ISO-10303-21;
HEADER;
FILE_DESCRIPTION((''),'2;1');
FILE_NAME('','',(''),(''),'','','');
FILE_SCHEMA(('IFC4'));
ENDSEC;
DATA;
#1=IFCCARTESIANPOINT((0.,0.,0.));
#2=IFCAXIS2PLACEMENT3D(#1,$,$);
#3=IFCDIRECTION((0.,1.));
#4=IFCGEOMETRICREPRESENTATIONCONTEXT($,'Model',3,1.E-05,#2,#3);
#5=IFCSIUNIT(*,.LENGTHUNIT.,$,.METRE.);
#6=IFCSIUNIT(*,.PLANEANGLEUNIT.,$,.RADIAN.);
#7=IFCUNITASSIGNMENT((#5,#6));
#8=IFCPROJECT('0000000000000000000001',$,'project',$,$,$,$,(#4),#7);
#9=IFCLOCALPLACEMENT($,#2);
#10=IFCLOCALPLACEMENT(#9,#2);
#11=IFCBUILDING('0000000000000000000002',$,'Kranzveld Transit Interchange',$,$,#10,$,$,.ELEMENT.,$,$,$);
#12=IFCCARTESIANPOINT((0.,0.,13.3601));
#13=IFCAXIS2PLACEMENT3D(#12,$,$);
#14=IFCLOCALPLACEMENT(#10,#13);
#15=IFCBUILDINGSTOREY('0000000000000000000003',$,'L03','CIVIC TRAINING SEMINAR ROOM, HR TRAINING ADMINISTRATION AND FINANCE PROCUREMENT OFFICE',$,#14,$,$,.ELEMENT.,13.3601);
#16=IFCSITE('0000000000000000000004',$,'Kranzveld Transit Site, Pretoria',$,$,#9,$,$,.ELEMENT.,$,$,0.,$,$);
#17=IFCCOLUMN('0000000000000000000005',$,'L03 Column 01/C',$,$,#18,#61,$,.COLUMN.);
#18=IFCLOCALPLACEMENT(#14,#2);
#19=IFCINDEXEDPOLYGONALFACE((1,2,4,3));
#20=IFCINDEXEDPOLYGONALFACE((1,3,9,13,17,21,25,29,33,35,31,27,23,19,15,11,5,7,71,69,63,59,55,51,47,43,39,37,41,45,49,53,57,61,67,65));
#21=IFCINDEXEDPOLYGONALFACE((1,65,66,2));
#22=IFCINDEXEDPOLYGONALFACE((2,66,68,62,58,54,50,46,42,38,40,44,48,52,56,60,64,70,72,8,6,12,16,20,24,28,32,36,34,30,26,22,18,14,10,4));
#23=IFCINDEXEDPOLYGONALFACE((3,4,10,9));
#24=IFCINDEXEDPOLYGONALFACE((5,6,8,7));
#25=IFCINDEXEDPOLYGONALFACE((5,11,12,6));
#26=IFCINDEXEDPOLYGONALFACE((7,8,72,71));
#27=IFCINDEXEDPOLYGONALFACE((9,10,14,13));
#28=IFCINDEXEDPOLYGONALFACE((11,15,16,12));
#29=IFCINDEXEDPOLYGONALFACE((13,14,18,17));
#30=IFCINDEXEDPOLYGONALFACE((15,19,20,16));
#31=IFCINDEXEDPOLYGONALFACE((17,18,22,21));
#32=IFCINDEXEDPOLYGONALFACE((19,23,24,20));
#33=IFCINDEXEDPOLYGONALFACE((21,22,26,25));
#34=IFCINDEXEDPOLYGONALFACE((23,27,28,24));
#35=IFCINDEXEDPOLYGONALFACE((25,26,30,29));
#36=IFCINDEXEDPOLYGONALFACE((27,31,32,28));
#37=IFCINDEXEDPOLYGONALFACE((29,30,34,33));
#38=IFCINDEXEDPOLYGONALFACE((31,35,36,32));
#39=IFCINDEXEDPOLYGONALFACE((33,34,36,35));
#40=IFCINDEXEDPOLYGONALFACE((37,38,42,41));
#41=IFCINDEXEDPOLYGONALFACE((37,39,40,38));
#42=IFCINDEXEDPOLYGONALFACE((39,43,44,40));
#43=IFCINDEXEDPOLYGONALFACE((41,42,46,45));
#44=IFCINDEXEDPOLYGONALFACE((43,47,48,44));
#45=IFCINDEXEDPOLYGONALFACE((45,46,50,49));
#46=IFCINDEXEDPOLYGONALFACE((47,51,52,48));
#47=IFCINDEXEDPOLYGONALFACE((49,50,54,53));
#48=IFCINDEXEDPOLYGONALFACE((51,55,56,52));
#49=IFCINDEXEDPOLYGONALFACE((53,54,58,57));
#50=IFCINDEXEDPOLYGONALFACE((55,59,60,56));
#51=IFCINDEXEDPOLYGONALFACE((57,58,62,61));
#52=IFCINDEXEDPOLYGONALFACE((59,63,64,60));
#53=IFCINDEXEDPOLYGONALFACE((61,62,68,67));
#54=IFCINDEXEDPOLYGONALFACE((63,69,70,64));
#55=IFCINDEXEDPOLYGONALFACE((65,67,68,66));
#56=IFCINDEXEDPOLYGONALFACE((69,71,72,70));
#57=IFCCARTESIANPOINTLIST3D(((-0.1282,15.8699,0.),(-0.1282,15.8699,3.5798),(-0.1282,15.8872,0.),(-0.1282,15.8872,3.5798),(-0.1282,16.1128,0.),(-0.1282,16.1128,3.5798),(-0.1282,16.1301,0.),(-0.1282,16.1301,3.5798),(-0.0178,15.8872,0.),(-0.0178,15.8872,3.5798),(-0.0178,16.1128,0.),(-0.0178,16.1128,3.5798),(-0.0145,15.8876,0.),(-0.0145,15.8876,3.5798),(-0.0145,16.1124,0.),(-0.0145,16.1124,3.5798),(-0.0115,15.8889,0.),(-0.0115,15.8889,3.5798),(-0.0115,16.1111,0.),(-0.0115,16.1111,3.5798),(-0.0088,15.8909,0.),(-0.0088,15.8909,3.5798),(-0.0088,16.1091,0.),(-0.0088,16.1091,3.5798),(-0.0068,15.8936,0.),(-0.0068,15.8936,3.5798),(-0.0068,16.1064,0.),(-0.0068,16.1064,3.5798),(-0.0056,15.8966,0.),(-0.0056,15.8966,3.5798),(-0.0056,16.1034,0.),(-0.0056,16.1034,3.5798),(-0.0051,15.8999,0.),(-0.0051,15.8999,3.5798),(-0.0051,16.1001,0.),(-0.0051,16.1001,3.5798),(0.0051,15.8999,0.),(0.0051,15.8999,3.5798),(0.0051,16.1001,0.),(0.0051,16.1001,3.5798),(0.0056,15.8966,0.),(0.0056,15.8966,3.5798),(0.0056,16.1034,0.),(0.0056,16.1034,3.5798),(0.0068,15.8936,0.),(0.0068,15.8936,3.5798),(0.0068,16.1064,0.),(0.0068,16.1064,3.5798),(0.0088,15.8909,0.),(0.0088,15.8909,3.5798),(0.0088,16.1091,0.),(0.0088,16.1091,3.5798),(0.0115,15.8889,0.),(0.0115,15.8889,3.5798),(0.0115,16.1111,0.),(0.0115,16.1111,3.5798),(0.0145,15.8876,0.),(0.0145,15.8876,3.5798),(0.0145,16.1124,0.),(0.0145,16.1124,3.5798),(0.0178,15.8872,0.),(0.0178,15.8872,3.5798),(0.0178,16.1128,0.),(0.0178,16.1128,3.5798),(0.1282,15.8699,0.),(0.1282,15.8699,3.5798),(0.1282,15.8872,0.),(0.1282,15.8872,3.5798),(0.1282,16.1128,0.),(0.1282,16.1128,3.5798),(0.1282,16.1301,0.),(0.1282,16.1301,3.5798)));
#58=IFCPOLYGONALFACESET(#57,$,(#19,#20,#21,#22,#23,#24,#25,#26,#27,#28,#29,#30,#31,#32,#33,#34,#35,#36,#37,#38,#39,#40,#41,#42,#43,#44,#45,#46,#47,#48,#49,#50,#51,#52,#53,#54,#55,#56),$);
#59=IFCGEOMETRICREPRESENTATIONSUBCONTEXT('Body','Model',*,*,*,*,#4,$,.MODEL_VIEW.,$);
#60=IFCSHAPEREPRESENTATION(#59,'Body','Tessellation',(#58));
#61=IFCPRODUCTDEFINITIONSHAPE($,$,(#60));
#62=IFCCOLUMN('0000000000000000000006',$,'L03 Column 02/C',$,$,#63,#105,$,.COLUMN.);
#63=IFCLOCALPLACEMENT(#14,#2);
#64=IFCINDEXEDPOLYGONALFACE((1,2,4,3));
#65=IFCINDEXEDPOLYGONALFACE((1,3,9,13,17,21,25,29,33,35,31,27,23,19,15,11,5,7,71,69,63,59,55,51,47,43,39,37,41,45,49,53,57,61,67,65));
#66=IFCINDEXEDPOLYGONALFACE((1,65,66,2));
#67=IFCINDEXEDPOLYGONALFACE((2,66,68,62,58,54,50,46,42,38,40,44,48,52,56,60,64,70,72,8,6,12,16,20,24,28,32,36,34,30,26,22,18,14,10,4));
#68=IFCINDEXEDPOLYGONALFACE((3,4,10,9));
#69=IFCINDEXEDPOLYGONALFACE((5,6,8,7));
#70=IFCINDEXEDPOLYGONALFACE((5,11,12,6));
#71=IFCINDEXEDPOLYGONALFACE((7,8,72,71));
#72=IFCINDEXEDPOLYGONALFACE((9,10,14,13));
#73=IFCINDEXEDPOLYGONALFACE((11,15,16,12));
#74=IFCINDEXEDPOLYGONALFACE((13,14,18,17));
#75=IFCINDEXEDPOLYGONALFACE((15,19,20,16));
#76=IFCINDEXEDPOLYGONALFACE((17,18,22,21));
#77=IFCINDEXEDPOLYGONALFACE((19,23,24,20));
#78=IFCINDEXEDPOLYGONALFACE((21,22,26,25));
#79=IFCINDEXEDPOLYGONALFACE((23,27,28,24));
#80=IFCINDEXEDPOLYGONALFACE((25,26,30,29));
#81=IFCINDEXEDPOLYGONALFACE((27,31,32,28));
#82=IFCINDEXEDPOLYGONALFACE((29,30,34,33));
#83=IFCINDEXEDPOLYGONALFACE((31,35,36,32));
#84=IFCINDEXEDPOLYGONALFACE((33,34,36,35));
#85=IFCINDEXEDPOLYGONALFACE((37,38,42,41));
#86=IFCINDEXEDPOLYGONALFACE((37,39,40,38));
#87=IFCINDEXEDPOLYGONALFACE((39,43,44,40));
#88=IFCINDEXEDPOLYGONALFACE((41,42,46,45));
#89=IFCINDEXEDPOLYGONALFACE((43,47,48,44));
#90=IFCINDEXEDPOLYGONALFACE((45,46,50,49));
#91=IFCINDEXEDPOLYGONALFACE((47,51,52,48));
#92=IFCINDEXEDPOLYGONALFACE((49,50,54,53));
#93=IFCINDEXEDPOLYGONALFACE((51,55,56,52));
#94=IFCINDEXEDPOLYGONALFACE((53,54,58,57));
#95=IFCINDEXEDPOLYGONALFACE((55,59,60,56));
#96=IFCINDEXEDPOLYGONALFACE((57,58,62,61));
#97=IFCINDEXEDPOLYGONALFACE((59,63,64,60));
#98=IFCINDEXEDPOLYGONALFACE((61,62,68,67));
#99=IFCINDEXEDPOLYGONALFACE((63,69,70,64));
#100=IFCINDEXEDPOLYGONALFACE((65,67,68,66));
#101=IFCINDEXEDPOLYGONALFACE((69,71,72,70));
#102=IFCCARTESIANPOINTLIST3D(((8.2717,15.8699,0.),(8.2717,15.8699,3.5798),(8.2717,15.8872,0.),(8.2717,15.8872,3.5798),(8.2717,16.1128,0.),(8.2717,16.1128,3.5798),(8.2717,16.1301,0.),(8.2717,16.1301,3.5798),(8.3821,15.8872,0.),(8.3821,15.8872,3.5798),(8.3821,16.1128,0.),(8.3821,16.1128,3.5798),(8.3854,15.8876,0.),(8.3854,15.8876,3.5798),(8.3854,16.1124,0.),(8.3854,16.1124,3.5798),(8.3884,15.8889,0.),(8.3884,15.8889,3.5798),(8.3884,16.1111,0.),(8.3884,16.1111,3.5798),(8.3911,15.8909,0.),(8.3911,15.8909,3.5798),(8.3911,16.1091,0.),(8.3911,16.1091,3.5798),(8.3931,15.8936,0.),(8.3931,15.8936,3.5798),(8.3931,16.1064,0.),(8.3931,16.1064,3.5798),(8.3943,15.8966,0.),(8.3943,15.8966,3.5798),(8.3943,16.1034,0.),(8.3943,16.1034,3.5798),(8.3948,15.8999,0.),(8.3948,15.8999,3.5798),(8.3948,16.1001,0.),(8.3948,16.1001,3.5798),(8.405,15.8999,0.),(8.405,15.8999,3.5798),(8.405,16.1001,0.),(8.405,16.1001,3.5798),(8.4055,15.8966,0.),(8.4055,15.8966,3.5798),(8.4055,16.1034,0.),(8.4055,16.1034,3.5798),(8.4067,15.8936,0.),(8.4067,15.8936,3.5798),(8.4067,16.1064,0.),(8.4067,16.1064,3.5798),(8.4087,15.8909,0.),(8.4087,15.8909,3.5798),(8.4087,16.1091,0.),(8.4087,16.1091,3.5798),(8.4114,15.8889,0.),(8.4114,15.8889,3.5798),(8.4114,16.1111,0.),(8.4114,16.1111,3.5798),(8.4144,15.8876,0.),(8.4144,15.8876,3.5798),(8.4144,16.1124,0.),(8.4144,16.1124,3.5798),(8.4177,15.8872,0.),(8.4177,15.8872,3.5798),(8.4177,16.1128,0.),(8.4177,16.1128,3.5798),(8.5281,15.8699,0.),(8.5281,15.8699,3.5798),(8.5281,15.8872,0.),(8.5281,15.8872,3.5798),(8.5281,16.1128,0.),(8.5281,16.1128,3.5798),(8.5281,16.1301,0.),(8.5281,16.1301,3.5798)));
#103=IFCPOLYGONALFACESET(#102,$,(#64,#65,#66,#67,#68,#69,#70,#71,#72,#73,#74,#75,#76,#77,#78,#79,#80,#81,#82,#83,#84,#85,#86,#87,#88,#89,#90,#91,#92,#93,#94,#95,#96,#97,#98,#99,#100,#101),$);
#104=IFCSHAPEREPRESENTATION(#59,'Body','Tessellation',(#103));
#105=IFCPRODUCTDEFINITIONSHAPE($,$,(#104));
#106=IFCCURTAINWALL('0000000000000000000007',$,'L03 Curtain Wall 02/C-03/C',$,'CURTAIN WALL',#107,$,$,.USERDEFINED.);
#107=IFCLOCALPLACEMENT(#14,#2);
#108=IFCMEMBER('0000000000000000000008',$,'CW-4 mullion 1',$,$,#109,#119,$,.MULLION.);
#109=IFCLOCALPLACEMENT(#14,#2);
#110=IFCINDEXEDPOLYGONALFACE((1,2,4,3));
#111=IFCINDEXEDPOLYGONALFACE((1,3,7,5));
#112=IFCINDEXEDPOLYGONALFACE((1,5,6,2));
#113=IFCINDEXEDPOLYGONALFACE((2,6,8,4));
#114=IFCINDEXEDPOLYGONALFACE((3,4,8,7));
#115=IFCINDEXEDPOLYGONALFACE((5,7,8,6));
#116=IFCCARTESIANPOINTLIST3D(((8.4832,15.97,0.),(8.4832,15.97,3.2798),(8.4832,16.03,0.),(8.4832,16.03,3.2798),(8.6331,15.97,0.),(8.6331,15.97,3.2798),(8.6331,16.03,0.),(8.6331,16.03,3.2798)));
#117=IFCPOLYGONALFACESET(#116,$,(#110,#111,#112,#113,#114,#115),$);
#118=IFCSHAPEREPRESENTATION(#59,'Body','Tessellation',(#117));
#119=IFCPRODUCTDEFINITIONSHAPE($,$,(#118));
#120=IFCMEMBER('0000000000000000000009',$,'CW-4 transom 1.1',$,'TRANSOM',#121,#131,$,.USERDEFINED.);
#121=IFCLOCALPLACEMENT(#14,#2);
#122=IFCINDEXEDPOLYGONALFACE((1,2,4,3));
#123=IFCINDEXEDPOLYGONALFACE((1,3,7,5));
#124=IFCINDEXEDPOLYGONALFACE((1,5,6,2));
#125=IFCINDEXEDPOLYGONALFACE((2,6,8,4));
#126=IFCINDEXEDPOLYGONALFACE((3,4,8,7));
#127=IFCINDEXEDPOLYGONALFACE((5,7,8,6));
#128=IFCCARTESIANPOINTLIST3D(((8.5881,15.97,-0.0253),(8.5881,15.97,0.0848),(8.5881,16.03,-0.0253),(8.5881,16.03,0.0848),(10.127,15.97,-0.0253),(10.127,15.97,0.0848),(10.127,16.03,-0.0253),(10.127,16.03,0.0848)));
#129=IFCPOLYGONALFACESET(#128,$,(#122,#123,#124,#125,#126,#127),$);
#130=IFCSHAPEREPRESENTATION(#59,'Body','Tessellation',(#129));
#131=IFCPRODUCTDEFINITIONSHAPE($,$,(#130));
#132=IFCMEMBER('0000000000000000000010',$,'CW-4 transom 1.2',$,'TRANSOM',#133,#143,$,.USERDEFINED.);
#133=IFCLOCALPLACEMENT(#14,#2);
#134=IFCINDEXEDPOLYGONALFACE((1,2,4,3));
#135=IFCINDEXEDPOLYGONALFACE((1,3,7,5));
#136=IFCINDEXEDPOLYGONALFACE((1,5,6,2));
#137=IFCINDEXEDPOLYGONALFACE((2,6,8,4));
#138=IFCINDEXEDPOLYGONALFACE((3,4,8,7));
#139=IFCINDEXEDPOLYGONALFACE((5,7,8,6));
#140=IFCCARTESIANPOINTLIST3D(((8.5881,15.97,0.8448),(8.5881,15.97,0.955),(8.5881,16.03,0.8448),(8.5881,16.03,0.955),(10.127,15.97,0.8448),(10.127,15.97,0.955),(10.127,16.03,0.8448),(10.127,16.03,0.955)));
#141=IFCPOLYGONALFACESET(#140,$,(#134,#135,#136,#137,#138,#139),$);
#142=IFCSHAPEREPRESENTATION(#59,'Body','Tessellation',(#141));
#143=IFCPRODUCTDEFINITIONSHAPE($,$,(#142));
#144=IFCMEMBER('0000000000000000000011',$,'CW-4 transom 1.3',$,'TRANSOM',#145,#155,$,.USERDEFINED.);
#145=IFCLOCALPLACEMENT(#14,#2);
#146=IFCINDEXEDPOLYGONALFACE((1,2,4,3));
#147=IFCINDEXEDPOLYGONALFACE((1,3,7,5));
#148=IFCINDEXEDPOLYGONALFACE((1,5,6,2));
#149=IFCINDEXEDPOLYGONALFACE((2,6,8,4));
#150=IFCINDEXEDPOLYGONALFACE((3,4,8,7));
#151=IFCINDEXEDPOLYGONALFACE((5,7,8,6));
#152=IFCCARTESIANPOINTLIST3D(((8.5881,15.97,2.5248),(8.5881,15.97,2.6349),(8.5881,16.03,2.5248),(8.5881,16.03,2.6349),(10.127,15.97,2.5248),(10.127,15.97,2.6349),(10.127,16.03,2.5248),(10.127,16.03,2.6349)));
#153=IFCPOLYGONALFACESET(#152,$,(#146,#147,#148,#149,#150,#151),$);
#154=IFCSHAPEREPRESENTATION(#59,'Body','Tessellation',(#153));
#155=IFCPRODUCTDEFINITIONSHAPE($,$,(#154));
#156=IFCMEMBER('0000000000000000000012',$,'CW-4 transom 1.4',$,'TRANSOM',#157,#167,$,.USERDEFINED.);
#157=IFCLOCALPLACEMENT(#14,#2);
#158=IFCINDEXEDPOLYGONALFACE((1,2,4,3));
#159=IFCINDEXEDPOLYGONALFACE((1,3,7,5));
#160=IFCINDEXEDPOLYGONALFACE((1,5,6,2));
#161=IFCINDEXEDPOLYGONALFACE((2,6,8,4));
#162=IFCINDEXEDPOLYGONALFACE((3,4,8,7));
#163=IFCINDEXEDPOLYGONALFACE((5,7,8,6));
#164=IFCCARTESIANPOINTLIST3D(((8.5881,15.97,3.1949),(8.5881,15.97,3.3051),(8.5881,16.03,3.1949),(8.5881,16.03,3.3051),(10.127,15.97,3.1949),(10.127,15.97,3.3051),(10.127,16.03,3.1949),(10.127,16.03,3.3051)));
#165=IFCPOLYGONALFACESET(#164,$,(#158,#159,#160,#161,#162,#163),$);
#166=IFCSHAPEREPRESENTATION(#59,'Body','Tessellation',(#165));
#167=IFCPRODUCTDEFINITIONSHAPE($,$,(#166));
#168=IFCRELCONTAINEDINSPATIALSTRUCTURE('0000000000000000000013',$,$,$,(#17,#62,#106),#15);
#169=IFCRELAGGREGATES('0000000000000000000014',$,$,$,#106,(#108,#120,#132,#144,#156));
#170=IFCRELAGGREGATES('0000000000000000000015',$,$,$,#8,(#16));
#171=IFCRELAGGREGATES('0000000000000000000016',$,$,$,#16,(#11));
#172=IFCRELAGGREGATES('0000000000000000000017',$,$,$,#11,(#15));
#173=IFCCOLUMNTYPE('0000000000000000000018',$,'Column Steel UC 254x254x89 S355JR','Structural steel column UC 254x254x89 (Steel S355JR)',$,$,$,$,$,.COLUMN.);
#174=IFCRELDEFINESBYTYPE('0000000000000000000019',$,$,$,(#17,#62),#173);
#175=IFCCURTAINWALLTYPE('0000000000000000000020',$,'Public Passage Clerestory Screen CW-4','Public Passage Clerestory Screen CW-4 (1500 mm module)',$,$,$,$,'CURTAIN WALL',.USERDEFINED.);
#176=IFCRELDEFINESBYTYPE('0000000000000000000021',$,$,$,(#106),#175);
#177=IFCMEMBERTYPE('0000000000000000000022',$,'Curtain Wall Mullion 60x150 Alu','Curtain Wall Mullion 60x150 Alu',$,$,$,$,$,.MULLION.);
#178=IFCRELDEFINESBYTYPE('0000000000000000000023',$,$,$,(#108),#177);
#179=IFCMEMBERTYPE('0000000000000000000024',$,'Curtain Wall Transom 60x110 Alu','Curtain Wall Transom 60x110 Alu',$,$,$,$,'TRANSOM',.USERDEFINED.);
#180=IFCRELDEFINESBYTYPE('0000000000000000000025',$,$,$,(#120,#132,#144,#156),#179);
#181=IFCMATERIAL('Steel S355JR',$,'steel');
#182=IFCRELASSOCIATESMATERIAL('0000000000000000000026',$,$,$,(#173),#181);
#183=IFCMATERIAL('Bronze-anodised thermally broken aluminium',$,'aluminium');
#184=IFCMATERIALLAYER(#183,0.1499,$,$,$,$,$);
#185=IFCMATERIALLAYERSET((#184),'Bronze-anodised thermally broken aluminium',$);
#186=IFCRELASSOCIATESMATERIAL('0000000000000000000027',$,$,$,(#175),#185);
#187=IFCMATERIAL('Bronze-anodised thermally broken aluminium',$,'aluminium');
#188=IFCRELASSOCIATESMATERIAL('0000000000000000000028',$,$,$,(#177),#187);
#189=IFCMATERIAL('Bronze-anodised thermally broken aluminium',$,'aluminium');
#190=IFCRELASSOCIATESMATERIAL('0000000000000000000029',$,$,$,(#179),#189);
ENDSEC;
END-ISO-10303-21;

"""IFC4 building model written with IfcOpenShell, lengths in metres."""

from ifc_helpers import new_model, si_unit, direction, frame, origin, origin_2d, place, context, subcontext, project, spatial, rectangle, i_section, extrude, material, layer, layer_set, material_profile, profile_set, type_object, element, aggregate, save


model = new_model("IFC4")

# Units and contexts
model_context = context("Model", 3, precision=1e-05, world=origin(), true_north=direction((0.0, 1.0)))
body_context = subcontext(model_context, "Body", "Model", "MODEL_VIEW")
ifc_project = project(units=[si_unit("LENGTHUNIT", "METRE"), si_unit("PLANEANGLEUNIT", "RADIAN")], contexts=[model_context])

# Site, building, storey
site_placement = place(None, origin())
site = spatial("IfcSite", under=ifc_project, at=site_placement, Name="Kranzveld Transit Site, Pretoria", CompositionType="ELEMENT", RefElevation=0.0)
building_placement = place(site_placement, origin())
building = spatial("IfcBuilding", under=site, at=building_placement, Name="Kranzveld Transit Interchange", CompositionType="ELEMENT")
storey_placement = place(building_placement, frame((0.0, 0.0, 13.3601)))
storey = spatial("IfcBuildingStorey", under=building, at=storey_placement, Name="L03", Description="CIVIC TRAINING SEMINAR ROOM, HR TRAINING ADMINISTRATION AND FINANCE PROCUREMENT OFFICE", CompositionType="ELEMENT", Elevation=13.3601)

# Columns
ifc_material_1 = material(Name="Steel S355JR", Category="steel")
ifc_material_profile_1 = material_profile(ifc_material_1, i_section(OverallWidth=0.2563, OverallDepth=0.2603, WebThickness=0.0103, FlangeThickness=0.0173, FilletRadius=0.0127, at=origin_2d()), Name="UC 254x254x89")
ifc_profile_set_1 = profile_set([ifc_material_profile_1], Name="Steel S355JR")
column_type = type_object("IfcColumnType", Name="Column Steel UC 254x254x89 S355JR", Description="Structural steel column UC 254x254x89 (Steel S355JR)", PredefinedType="COLUMN", material=ifc_profile_set_1)
for number, where, z_axis, x_axis, name in (
    (1, (0.0, 16.0, 0.0), (0.0, 0.0, 1.0), (1.0, 0.0, 0.0), "L03 Column 01/C"),
    (2, (8.3999, 16.0, 0.0), (0.0, 0.0, 1.0), (1.0, 0.0, 0.0), "L03 Column 02/C"),
):
    element("IfcColumn", number, at=place(storey_placement, frame(where, z_axis=z_axis, x_axis=x_axis)), inside=storey, type_object=column_type, Name=name, PredefinedType="COLUMN", context=body_context, shape_type="SweptSolid", body=[
        extrude(i_section(OverallWidth=0.2563, OverallDepth=0.2603, WebThickness=0.0103, FlangeThickness=0.0173, FilletRadius=0.0127, at=origin_2d()), origin(), (0.0, 0.0, 1.0), 3.5798),
    ])

# Curtain wall, members
ifc_material_2 = material(Name="Bronze-anodised thermally broken aluminium", Category="aluminium")
ifc_layer_1 = layer(ifc_material_2, 0.1499)
ifc_layer_set_1 = layer_set([ifc_layer_1], Name="Bronze-anodised thermally broken aluminium")
curtain_wall_type = type_object("IfcCurtainWallType", Name="Public Passage Clerestory Screen CW-4", Description="Public Passage Clerestory Screen CW-4 (1500 mm module)", ElementType="CURTAIN WALL", PredefinedType="USERDEFINED", material=ifc_layer_set_1)
curtain_wall_placement = place(storey_placement, origin())
curtain_wall = element("IfcCurtainWall", 3, at=curtain_wall_placement, inside=storey, type_object=curtain_wall_type, Name="L03 Curtain Wall 02/C-03/C", ObjectType="CURTAIN WALL", PredefinedType="USERDEFINED")
ifc_material_3 = material(Name="Bronze-anodised thermally broken aluminium", Category="aluminium")
ifc_material_profile_2 = material_profile(ifc_material_3, rectangle(XDim=0.0601, YDim=0.1499, at=origin_2d()), Name="ALU MULLION 60x150")
ifc_profile_set_2 = profile_set([ifc_material_profile_2], Name="Bronze-anodised thermally broken aluminium")
member_type_1 = type_object("IfcMemberType", Name="Curtain Wall Mullion 60x150 Alu", Description="Curtain Wall Mullion 60x150 Alu", PredefinedType="MULLION", material=ifc_profile_set_2)
member_1_placement = place(storey_placement, frame((8.5581, 16.0, 0.0), z_axis=(0.0, 0.0, 1.0), x_axis=(0.0, 1.0, 0.0)))
member_1 = element("IfcMember", 4, at=member_1_placement, type_object=member_type_1, Name="CW-4 mullion 1", PredefinedType="MULLION", context=body_context, shape_type="SweptSolid", body=[
    extrude(rectangle(XDim=0.0601, YDim=0.1499, at=origin_2d()), origin(), (0.0, 0.0, 1.0), 3.2798),
])
ifc_material_4 = material(Name="Bronze-anodised thermally broken aluminium", Category="aluminium")
ifc_material_profile_3 = material_profile(ifc_material_4, rectangle(XDim=0.0601, YDim=0.1101, at=origin_2d()), Name="ALU TRANSOM 60x110")
ifc_profile_set_3 = profile_set([ifc_material_profile_3], Name="Bronze-anodised thermally broken aluminium")
member_type_2 = type_object("IfcMemberType", Name="Curtain Wall Transom 60x110 Alu", Description="Curtain Wall Transom 60x110 Alu", ElementType="TRANSOM", PredefinedType="USERDEFINED", material=ifc_profile_set_3)
member_2_placement = place(storey_placement, frame((8.5881, 16.0, 0.0298), z_axis=(1.0, 0.0, 0.0), x_axis=(0.0, 1.0, 0.0)))
member_2 = element("IfcMember", 5, at=member_2_placement, type_object=member_type_2, Name="CW-4 transom 1.1", ObjectType="TRANSOM", PredefinedType="USERDEFINED", context=body_context, shape_type="SweptSolid", body=[
    extrude(rectangle(XDim=0.0601, YDim=0.1101, at=origin_2d()), origin(), (0.0, 0.0, 1.0), 1.5388),
])
member_3_placement = place(storey_placement, frame((8.5881, 16.0, 0.8999), z_axis=(1.0, 0.0, 0.0), x_axis=(0.0, 1.0, 0.0)))
member_3 = element("IfcMember", 6, at=member_3_placement, type_object=member_type_2, Name="CW-4 transom 1.2", ObjectType="TRANSOM", PredefinedType="USERDEFINED", context=body_context, shape_type="SweptSolid", body=[
    extrude(rectangle(XDim=0.0601, YDim=0.1101, at=origin_2d()), origin(), (0.0, 0.0, 1.0), 1.5388),
])
member_4_placement = place(storey_placement, frame((8.5881, 16.0, 2.5798), z_axis=(1.0, 0.0, 0.0), x_axis=(0.0, 1.0, 0.0)))
member_4 = element("IfcMember", 7, at=member_4_placement, type_object=member_type_2, Name="CW-4 transom 1.3", ObjectType="TRANSOM", PredefinedType="USERDEFINED", context=body_context, shape_type="SweptSolid", body=[
    extrude(rectangle(XDim=0.0601, YDim=0.1101, at=origin_2d()), origin(), (0.0, 0.0, 1.0), 1.5388),
])
member_5_placement = place(storey_placement, frame((8.5881, 16.0, 3.25), z_axis=(1.0, 0.0, 0.0), x_axis=(0.0, 1.0, 0.0)))
member_5 = element("IfcMember", 8, at=member_5_placement, type_object=member_type_2, Name="CW-4 transom 1.4", ObjectType="TRANSOM", PredefinedType="USERDEFINED", context=body_context, shape_type="SweptSolid", body=[
    extrude(rectangle(XDim=0.0601, YDim=0.1101, at=origin_2d()), origin(), (0.0, 0.0, 1.0), 1.5388),
])

aggregate(curtain_wall, [member_1, member_2, member_3, member_4, member_5])

save(model, "model.ifc")
